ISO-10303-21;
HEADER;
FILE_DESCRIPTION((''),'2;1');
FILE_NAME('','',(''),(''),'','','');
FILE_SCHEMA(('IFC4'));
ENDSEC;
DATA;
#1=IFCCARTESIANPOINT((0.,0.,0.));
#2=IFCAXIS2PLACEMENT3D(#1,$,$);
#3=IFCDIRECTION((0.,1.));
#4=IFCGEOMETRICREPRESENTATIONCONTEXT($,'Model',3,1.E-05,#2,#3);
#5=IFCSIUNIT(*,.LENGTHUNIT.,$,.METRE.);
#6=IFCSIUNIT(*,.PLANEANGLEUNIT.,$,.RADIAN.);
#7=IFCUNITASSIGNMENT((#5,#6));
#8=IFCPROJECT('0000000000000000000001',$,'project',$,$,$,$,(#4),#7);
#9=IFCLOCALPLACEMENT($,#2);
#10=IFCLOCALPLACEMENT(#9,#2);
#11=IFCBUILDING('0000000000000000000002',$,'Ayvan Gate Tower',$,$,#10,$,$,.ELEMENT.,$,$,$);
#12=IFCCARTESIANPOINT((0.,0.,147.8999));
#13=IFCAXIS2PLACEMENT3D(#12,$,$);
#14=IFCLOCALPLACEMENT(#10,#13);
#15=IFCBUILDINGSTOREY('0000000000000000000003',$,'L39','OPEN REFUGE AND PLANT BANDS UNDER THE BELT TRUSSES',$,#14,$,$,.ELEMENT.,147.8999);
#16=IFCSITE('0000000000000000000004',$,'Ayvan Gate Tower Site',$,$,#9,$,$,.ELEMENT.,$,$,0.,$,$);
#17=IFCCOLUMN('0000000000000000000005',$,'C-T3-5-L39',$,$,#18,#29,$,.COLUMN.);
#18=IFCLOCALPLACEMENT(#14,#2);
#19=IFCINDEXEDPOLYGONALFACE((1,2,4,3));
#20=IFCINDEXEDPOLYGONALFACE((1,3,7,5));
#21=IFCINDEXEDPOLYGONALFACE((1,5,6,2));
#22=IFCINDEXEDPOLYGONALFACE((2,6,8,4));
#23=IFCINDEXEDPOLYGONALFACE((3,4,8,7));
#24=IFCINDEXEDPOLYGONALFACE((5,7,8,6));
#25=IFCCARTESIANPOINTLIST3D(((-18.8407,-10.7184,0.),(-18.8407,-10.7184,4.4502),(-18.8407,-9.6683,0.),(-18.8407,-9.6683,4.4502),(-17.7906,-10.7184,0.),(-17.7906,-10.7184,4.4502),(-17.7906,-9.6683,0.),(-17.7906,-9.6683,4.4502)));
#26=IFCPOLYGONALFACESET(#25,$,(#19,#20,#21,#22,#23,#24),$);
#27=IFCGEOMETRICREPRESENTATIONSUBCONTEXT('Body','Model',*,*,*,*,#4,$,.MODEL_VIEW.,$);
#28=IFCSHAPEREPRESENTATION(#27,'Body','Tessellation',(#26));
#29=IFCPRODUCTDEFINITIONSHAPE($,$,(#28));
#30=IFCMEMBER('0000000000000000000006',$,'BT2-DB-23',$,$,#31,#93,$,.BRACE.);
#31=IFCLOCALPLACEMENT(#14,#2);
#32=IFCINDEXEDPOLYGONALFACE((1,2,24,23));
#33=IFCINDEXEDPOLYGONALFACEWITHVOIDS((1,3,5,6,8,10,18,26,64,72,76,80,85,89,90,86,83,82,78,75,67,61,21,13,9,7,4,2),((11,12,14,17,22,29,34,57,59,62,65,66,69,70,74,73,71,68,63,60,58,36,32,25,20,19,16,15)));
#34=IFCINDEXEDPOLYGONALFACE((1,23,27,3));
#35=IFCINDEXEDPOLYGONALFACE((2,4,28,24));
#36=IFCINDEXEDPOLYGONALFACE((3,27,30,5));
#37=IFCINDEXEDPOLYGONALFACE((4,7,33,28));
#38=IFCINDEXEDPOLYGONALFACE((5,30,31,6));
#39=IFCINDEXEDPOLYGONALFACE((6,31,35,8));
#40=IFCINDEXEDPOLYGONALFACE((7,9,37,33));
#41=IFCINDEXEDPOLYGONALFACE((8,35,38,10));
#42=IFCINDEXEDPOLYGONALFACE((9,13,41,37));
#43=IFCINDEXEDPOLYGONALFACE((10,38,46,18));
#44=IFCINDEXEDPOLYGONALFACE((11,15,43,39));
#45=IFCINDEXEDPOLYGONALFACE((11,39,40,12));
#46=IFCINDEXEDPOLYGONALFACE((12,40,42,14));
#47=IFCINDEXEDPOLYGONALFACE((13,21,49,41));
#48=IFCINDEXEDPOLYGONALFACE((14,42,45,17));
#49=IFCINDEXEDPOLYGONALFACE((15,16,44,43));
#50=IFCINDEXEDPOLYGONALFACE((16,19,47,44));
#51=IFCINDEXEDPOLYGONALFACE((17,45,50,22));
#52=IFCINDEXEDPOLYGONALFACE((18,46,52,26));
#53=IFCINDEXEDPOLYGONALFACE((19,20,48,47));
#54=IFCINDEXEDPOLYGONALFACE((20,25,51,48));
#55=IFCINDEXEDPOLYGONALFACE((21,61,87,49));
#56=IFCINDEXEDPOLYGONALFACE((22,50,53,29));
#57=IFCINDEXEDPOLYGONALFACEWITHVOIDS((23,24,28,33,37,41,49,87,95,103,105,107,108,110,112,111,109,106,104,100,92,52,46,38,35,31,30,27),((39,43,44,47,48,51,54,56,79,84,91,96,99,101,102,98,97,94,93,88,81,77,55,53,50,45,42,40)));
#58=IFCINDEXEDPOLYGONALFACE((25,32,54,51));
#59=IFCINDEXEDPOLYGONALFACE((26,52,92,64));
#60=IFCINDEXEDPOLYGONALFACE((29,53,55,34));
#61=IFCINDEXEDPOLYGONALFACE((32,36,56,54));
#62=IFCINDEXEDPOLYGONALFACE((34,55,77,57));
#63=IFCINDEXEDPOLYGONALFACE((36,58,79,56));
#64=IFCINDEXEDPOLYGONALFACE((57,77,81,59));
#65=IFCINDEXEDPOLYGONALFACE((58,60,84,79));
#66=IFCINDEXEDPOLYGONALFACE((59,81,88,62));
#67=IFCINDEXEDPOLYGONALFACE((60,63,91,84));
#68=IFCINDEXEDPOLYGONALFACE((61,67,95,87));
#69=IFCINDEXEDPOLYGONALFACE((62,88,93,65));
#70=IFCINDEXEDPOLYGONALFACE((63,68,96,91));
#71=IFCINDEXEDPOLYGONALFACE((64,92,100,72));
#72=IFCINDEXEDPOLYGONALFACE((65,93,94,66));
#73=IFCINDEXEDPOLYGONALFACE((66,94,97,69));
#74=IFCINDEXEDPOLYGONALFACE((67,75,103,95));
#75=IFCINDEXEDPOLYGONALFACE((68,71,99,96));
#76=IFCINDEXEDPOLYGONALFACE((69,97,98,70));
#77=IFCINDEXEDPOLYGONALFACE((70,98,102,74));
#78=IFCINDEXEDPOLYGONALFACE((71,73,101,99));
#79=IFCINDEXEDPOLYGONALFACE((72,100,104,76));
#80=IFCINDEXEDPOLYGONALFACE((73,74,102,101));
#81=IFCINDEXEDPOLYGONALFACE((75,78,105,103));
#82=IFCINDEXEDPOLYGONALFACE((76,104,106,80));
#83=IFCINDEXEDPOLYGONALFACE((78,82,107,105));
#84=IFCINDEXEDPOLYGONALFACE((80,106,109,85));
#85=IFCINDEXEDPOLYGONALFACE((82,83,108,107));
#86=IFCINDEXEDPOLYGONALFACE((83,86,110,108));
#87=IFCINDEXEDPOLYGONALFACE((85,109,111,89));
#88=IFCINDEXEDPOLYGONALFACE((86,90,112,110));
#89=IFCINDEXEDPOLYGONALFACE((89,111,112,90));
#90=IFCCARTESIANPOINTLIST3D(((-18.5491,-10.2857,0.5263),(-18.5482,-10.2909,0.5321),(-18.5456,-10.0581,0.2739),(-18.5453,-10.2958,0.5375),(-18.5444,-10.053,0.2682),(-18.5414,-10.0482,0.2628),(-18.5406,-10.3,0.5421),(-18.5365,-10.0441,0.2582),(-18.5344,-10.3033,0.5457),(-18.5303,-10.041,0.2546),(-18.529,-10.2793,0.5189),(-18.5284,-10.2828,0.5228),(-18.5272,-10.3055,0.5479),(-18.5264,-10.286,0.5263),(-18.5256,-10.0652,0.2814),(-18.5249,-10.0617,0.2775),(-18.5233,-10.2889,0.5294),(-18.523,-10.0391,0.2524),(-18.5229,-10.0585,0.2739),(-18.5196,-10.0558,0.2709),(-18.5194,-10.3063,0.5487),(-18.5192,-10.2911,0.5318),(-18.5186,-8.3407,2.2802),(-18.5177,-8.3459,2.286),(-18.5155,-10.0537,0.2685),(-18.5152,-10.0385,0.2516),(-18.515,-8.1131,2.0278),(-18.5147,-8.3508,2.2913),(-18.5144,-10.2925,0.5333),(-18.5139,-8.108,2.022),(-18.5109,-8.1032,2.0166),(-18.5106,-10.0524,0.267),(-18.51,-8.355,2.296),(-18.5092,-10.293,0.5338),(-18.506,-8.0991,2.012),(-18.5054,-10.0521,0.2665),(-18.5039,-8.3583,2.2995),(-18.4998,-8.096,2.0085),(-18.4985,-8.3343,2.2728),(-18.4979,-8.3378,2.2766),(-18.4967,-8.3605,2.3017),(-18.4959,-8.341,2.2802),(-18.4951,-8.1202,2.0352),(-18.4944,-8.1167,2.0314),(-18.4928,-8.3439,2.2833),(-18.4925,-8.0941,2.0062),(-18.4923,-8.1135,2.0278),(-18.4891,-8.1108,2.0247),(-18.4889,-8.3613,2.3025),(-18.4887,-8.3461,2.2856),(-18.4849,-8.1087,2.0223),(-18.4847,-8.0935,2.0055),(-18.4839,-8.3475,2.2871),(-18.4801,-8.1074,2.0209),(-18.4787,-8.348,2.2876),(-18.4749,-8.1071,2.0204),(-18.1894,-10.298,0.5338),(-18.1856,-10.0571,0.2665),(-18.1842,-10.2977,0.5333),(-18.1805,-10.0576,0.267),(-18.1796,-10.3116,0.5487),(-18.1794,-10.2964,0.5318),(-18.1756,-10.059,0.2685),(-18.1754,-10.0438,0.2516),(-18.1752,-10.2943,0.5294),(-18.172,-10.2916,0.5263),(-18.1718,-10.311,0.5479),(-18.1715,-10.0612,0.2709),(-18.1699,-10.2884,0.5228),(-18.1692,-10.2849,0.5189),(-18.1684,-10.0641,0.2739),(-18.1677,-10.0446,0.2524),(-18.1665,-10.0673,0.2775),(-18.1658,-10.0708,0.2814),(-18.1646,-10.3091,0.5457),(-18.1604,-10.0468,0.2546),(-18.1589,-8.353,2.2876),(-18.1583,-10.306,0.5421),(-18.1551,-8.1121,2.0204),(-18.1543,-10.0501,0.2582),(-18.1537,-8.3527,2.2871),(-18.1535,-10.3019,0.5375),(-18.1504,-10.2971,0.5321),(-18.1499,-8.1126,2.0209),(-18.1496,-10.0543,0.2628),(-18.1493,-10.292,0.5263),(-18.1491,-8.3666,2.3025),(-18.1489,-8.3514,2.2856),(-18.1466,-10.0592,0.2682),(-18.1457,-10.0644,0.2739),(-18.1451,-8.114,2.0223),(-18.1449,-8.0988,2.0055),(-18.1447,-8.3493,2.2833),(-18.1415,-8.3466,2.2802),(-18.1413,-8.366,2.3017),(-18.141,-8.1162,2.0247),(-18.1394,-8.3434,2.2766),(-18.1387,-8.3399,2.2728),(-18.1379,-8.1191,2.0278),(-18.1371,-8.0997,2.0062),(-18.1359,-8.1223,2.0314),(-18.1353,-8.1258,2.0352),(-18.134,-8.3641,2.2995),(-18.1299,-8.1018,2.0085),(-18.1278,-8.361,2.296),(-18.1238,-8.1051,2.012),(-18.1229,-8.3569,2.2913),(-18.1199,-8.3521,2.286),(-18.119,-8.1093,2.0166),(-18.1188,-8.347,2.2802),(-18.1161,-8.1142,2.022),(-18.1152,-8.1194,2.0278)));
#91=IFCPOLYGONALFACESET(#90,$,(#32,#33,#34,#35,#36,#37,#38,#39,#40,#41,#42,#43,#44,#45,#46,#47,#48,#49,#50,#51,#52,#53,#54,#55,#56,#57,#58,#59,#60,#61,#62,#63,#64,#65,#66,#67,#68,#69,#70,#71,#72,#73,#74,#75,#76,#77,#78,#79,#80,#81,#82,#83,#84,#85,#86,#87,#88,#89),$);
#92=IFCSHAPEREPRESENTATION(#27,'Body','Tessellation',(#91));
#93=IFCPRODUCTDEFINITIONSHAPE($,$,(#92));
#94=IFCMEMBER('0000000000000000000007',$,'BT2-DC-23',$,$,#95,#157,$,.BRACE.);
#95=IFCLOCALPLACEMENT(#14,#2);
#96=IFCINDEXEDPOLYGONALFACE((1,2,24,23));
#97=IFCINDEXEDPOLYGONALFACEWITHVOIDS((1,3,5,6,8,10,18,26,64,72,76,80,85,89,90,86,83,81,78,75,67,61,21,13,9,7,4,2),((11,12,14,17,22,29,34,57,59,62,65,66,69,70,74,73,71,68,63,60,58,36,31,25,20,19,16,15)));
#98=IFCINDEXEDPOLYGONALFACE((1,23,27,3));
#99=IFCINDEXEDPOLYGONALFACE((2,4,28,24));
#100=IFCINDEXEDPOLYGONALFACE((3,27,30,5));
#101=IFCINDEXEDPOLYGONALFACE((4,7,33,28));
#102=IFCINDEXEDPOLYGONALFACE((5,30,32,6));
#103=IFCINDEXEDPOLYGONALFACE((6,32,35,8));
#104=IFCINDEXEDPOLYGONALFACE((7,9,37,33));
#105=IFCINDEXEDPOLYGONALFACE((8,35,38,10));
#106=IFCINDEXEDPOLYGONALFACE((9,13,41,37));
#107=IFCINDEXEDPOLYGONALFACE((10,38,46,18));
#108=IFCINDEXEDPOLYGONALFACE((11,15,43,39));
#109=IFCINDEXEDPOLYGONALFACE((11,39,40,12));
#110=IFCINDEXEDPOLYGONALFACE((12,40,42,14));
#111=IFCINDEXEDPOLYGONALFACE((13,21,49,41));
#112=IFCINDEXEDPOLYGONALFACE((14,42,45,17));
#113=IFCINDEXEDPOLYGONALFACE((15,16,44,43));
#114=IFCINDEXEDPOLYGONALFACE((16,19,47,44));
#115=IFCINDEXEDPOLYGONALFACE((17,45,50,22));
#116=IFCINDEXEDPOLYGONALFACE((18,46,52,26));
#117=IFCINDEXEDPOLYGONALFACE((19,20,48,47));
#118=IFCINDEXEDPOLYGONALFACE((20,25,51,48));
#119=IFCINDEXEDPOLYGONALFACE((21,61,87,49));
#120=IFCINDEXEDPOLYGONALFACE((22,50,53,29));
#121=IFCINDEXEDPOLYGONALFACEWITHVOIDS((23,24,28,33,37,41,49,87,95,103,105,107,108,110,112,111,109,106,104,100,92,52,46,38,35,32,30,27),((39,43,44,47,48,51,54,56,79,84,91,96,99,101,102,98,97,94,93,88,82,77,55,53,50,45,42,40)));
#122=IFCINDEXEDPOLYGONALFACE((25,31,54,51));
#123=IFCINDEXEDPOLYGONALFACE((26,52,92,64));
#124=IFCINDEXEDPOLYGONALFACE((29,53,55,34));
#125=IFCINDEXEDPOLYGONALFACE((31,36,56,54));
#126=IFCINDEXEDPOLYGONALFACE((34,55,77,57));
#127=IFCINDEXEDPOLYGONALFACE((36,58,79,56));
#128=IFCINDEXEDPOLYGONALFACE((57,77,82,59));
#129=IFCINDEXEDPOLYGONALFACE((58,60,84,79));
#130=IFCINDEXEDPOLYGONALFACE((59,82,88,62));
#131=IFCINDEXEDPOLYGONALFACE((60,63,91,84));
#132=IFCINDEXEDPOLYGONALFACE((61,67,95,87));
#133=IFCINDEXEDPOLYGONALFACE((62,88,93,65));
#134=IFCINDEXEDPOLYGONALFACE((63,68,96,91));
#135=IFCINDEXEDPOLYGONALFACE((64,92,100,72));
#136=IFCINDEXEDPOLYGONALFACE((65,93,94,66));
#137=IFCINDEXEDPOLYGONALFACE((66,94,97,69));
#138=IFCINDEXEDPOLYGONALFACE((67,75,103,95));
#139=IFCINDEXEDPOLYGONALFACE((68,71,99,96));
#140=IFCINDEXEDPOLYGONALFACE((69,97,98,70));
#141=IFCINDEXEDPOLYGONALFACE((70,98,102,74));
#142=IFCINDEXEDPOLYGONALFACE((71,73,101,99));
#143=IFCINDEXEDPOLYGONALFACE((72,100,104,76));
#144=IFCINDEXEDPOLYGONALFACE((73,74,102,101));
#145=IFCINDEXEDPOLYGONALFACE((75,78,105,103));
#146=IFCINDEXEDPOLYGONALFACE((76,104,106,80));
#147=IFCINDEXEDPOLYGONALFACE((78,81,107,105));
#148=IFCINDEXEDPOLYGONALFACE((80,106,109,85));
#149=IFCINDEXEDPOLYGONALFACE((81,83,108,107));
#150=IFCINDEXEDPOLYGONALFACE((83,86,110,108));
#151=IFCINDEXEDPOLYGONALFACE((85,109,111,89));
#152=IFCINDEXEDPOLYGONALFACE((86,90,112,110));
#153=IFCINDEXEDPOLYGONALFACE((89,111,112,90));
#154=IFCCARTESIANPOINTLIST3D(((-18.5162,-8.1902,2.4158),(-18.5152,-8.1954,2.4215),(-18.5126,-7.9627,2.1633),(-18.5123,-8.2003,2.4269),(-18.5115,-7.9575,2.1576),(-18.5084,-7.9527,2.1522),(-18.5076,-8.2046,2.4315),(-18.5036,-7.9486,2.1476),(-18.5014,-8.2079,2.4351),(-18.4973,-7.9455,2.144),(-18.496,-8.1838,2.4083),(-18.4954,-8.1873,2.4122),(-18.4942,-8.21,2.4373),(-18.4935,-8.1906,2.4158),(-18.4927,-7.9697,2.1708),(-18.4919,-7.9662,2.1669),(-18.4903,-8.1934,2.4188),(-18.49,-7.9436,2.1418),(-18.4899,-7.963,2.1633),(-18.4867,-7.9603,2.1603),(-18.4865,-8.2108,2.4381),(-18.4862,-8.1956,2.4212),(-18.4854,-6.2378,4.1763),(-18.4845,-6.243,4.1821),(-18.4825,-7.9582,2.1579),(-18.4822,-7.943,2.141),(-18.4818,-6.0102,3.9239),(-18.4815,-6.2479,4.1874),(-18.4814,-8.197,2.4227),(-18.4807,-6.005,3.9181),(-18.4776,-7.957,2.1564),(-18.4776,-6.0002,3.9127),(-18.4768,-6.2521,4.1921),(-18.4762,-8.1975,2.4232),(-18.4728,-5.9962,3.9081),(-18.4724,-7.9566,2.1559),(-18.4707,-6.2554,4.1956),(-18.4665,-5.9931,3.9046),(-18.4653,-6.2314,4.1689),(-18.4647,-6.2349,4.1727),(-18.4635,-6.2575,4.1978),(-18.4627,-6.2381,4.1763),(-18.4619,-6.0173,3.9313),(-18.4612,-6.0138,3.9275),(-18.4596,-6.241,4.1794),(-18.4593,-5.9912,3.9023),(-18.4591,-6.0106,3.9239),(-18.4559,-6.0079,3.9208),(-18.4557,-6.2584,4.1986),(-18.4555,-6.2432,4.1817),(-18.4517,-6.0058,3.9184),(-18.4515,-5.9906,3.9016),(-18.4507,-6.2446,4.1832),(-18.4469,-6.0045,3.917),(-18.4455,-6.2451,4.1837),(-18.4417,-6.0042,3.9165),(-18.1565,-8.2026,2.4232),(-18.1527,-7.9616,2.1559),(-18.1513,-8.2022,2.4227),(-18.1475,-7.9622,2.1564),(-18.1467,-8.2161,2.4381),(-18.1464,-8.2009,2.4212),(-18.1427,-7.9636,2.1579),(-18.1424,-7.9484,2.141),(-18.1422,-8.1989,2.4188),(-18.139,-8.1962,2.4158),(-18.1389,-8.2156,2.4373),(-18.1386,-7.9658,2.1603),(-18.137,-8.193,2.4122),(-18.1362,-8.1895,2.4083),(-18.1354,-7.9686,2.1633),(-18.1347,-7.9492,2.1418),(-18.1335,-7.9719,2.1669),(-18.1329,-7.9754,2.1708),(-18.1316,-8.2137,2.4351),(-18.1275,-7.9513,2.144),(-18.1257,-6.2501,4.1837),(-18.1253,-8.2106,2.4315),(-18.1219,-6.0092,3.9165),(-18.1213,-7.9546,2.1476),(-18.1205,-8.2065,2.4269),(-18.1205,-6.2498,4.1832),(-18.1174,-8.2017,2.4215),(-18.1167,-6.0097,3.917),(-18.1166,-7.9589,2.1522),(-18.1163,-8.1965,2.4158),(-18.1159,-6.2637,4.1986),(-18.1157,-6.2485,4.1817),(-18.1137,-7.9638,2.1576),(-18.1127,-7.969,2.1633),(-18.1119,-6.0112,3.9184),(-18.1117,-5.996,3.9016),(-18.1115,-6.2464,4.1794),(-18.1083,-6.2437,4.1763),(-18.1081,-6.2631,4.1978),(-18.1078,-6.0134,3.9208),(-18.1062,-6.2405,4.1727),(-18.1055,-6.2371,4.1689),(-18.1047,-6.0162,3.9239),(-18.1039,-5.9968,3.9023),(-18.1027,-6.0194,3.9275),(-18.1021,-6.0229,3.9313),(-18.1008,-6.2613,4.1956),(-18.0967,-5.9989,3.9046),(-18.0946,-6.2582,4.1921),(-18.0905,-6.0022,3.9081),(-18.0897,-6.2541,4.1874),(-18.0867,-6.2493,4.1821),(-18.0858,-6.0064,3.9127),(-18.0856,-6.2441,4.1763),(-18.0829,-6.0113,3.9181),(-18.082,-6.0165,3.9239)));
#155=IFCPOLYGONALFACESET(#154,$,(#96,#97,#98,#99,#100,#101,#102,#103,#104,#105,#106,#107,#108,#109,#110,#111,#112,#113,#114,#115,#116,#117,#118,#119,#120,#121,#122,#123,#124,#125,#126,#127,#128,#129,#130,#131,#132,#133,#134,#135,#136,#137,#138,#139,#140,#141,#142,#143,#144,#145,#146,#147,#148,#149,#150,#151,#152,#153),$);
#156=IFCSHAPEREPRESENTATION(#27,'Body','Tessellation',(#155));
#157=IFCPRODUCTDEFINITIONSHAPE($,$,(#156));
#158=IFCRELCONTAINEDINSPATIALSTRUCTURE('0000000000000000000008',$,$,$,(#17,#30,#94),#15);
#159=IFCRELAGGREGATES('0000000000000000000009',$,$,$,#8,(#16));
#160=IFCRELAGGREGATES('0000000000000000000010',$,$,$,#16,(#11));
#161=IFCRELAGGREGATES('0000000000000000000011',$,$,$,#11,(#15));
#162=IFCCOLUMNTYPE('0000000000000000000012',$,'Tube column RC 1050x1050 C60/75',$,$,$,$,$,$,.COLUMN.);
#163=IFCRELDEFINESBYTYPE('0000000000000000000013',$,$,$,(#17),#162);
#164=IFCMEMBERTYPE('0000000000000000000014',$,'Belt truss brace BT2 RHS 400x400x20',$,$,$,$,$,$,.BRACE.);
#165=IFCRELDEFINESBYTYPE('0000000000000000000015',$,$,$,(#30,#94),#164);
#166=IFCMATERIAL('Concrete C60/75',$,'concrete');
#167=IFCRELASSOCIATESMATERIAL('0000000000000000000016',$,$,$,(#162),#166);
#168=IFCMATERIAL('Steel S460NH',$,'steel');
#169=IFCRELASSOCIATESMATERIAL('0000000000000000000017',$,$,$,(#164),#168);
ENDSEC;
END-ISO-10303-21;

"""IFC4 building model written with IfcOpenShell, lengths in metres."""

from ifc_helpers import new_model, si_unit, direction, frame, origin, origin_2d, place, context, subcontext, project, spatial, rectangle, hollow_rectangle, extrude, material, material_profile, profile_set, type_object, element, save


model = new_model("IFC4")

# Units and contexts
model_context = context("Model", 3, precision=1e-05, world=origin(), true_north=direction((0.0, 1.0)))
body_context = subcontext(model_context, "Body", "Model", "MODEL_VIEW")
ifc_project = project(units=[si_unit("LENGTHUNIT", "METRE"), si_unit("PLANEANGLEUNIT", "RADIAN")], contexts=[model_context])

# Site, building, storey
site_placement = place(None, origin())
site = spatial("IfcSite", under=ifc_project, at=site_placement, Name="Ayvan Gate Tower Site", CompositionType="ELEMENT", RefElevation=0.0)
building_placement = place(site_placement, origin())
building = spatial("IfcBuilding", under=site, at=building_placement, Name="Ayvan Gate Tower", CompositionType="ELEMENT")
storey_placement = place(building_placement, frame((0.0, 0.0, 147.8999)))
storey = spatial("IfcBuildingStorey", under=building, at=storey_placement, Name="L39", Description="OPEN REFUGE AND PLANT BANDS UNDER THE BELT TRUSSES", CompositionType="ELEMENT", Elevation=147.8999)

# Column
ifc_material_1 = material(Name="Concrete C60/75", Category="concrete")
ifc_material_profile_1 = material_profile(ifc_material_1, rectangle(XDim=1.05, YDim=1.05, at=origin_2d()), Name="RC 1050x1050")
ifc_profile_set_1 = profile_set([ifc_material_profile_1], Name="Concrete C60/75")
column_type = type_object("IfcColumnType", Name="Tube column RC 1050x1050 C60/75", PredefinedType="COLUMN", material=ifc_profile_set_1)
column_placement = place(storey_placement, frame((-18.3157, -10.1934, 0.0), z_axis=(0.0, 0.0, 1.0), x_axis=(-1.0, 0.0, 0.0)))
element("IfcColumn", 1, at=column_placement, inside=storey, type_object=column_type, Name="C-T3-5-L39", PredefinedType="COLUMN", context=body_context, shape_type="SweptSolid", body=[
    extrude(rectangle(XDim=1.05, YDim=1.05, at=origin_2d()), origin(), (0.0, 0.0, 1.0), 4.4502),
])

# Members
ifc_material_2 = material(Name="Steel S460NH", Category="steel")
ifc_material_profile_2 = material_profile(ifc_material_2, hollow_rectangle(XDim=0.3999, YDim=0.3999, WallThickness=0.02, InnerFilletRadius=0.02, OuterFilletRadius=0.03, at=origin_2d()), Name="RHS 400x400x20")
ifc_profile_set_2 = profile_set([ifc_material_profile_2], Name="Steel S460NH")
member_type_1 = type_object("IfcMemberType", Name="Belt truss brace BT2 RHS 400x400x20", PredefinedType="BRACE", material=ifc_profile_set_2)
member_1_placement = place(storey_placement, frame((-18.3474, -10.175, 0.4001), z_axis=(0.011651, 0.742608, 0.669625), x_axis=(-0.999877, 0.015688, 0.0)))
element("IfcMember", 2, at=member_1_placement, inside=storey, type_object=member_type_1, Name="BT2-DB-23", PredefinedType="BRACE", context=body_context, shape_type="SweptSolid", body=[
    extrude(hollow_rectangle(XDim=0.3999, YDim=0.3999, WallThickness=0.02, InnerFilletRadius=0.02, OuterFilletRadius=0.03, at=origin_2d()), origin(), (0.0, 0.0, 1.0), 2.6191),
])
member_2_placement = place(storey_placement, frame((-18.3145, -8.0796, 2.2896), z_axis=(0.011701, 0.74261, 0.669622), x_axis=(-0.999876, 0.015754, 0.0)))
element("IfcMember", 3, at=member_2_placement, inside=storey, type_object=member_type_1, Name="BT2-DC-23", PredefinedType="BRACE", context=body_context, shape_type="SweptSolid", body=[
    extrude(hollow_rectangle(XDim=0.3999, YDim=0.3999, WallThickness=0.02, InnerFilletRadius=0.02, OuterFilletRadius=0.03, at=origin_2d()), origin(), (0.0, 0.0, 1.0), 2.6292),
])

save(model, "model.ifc")
